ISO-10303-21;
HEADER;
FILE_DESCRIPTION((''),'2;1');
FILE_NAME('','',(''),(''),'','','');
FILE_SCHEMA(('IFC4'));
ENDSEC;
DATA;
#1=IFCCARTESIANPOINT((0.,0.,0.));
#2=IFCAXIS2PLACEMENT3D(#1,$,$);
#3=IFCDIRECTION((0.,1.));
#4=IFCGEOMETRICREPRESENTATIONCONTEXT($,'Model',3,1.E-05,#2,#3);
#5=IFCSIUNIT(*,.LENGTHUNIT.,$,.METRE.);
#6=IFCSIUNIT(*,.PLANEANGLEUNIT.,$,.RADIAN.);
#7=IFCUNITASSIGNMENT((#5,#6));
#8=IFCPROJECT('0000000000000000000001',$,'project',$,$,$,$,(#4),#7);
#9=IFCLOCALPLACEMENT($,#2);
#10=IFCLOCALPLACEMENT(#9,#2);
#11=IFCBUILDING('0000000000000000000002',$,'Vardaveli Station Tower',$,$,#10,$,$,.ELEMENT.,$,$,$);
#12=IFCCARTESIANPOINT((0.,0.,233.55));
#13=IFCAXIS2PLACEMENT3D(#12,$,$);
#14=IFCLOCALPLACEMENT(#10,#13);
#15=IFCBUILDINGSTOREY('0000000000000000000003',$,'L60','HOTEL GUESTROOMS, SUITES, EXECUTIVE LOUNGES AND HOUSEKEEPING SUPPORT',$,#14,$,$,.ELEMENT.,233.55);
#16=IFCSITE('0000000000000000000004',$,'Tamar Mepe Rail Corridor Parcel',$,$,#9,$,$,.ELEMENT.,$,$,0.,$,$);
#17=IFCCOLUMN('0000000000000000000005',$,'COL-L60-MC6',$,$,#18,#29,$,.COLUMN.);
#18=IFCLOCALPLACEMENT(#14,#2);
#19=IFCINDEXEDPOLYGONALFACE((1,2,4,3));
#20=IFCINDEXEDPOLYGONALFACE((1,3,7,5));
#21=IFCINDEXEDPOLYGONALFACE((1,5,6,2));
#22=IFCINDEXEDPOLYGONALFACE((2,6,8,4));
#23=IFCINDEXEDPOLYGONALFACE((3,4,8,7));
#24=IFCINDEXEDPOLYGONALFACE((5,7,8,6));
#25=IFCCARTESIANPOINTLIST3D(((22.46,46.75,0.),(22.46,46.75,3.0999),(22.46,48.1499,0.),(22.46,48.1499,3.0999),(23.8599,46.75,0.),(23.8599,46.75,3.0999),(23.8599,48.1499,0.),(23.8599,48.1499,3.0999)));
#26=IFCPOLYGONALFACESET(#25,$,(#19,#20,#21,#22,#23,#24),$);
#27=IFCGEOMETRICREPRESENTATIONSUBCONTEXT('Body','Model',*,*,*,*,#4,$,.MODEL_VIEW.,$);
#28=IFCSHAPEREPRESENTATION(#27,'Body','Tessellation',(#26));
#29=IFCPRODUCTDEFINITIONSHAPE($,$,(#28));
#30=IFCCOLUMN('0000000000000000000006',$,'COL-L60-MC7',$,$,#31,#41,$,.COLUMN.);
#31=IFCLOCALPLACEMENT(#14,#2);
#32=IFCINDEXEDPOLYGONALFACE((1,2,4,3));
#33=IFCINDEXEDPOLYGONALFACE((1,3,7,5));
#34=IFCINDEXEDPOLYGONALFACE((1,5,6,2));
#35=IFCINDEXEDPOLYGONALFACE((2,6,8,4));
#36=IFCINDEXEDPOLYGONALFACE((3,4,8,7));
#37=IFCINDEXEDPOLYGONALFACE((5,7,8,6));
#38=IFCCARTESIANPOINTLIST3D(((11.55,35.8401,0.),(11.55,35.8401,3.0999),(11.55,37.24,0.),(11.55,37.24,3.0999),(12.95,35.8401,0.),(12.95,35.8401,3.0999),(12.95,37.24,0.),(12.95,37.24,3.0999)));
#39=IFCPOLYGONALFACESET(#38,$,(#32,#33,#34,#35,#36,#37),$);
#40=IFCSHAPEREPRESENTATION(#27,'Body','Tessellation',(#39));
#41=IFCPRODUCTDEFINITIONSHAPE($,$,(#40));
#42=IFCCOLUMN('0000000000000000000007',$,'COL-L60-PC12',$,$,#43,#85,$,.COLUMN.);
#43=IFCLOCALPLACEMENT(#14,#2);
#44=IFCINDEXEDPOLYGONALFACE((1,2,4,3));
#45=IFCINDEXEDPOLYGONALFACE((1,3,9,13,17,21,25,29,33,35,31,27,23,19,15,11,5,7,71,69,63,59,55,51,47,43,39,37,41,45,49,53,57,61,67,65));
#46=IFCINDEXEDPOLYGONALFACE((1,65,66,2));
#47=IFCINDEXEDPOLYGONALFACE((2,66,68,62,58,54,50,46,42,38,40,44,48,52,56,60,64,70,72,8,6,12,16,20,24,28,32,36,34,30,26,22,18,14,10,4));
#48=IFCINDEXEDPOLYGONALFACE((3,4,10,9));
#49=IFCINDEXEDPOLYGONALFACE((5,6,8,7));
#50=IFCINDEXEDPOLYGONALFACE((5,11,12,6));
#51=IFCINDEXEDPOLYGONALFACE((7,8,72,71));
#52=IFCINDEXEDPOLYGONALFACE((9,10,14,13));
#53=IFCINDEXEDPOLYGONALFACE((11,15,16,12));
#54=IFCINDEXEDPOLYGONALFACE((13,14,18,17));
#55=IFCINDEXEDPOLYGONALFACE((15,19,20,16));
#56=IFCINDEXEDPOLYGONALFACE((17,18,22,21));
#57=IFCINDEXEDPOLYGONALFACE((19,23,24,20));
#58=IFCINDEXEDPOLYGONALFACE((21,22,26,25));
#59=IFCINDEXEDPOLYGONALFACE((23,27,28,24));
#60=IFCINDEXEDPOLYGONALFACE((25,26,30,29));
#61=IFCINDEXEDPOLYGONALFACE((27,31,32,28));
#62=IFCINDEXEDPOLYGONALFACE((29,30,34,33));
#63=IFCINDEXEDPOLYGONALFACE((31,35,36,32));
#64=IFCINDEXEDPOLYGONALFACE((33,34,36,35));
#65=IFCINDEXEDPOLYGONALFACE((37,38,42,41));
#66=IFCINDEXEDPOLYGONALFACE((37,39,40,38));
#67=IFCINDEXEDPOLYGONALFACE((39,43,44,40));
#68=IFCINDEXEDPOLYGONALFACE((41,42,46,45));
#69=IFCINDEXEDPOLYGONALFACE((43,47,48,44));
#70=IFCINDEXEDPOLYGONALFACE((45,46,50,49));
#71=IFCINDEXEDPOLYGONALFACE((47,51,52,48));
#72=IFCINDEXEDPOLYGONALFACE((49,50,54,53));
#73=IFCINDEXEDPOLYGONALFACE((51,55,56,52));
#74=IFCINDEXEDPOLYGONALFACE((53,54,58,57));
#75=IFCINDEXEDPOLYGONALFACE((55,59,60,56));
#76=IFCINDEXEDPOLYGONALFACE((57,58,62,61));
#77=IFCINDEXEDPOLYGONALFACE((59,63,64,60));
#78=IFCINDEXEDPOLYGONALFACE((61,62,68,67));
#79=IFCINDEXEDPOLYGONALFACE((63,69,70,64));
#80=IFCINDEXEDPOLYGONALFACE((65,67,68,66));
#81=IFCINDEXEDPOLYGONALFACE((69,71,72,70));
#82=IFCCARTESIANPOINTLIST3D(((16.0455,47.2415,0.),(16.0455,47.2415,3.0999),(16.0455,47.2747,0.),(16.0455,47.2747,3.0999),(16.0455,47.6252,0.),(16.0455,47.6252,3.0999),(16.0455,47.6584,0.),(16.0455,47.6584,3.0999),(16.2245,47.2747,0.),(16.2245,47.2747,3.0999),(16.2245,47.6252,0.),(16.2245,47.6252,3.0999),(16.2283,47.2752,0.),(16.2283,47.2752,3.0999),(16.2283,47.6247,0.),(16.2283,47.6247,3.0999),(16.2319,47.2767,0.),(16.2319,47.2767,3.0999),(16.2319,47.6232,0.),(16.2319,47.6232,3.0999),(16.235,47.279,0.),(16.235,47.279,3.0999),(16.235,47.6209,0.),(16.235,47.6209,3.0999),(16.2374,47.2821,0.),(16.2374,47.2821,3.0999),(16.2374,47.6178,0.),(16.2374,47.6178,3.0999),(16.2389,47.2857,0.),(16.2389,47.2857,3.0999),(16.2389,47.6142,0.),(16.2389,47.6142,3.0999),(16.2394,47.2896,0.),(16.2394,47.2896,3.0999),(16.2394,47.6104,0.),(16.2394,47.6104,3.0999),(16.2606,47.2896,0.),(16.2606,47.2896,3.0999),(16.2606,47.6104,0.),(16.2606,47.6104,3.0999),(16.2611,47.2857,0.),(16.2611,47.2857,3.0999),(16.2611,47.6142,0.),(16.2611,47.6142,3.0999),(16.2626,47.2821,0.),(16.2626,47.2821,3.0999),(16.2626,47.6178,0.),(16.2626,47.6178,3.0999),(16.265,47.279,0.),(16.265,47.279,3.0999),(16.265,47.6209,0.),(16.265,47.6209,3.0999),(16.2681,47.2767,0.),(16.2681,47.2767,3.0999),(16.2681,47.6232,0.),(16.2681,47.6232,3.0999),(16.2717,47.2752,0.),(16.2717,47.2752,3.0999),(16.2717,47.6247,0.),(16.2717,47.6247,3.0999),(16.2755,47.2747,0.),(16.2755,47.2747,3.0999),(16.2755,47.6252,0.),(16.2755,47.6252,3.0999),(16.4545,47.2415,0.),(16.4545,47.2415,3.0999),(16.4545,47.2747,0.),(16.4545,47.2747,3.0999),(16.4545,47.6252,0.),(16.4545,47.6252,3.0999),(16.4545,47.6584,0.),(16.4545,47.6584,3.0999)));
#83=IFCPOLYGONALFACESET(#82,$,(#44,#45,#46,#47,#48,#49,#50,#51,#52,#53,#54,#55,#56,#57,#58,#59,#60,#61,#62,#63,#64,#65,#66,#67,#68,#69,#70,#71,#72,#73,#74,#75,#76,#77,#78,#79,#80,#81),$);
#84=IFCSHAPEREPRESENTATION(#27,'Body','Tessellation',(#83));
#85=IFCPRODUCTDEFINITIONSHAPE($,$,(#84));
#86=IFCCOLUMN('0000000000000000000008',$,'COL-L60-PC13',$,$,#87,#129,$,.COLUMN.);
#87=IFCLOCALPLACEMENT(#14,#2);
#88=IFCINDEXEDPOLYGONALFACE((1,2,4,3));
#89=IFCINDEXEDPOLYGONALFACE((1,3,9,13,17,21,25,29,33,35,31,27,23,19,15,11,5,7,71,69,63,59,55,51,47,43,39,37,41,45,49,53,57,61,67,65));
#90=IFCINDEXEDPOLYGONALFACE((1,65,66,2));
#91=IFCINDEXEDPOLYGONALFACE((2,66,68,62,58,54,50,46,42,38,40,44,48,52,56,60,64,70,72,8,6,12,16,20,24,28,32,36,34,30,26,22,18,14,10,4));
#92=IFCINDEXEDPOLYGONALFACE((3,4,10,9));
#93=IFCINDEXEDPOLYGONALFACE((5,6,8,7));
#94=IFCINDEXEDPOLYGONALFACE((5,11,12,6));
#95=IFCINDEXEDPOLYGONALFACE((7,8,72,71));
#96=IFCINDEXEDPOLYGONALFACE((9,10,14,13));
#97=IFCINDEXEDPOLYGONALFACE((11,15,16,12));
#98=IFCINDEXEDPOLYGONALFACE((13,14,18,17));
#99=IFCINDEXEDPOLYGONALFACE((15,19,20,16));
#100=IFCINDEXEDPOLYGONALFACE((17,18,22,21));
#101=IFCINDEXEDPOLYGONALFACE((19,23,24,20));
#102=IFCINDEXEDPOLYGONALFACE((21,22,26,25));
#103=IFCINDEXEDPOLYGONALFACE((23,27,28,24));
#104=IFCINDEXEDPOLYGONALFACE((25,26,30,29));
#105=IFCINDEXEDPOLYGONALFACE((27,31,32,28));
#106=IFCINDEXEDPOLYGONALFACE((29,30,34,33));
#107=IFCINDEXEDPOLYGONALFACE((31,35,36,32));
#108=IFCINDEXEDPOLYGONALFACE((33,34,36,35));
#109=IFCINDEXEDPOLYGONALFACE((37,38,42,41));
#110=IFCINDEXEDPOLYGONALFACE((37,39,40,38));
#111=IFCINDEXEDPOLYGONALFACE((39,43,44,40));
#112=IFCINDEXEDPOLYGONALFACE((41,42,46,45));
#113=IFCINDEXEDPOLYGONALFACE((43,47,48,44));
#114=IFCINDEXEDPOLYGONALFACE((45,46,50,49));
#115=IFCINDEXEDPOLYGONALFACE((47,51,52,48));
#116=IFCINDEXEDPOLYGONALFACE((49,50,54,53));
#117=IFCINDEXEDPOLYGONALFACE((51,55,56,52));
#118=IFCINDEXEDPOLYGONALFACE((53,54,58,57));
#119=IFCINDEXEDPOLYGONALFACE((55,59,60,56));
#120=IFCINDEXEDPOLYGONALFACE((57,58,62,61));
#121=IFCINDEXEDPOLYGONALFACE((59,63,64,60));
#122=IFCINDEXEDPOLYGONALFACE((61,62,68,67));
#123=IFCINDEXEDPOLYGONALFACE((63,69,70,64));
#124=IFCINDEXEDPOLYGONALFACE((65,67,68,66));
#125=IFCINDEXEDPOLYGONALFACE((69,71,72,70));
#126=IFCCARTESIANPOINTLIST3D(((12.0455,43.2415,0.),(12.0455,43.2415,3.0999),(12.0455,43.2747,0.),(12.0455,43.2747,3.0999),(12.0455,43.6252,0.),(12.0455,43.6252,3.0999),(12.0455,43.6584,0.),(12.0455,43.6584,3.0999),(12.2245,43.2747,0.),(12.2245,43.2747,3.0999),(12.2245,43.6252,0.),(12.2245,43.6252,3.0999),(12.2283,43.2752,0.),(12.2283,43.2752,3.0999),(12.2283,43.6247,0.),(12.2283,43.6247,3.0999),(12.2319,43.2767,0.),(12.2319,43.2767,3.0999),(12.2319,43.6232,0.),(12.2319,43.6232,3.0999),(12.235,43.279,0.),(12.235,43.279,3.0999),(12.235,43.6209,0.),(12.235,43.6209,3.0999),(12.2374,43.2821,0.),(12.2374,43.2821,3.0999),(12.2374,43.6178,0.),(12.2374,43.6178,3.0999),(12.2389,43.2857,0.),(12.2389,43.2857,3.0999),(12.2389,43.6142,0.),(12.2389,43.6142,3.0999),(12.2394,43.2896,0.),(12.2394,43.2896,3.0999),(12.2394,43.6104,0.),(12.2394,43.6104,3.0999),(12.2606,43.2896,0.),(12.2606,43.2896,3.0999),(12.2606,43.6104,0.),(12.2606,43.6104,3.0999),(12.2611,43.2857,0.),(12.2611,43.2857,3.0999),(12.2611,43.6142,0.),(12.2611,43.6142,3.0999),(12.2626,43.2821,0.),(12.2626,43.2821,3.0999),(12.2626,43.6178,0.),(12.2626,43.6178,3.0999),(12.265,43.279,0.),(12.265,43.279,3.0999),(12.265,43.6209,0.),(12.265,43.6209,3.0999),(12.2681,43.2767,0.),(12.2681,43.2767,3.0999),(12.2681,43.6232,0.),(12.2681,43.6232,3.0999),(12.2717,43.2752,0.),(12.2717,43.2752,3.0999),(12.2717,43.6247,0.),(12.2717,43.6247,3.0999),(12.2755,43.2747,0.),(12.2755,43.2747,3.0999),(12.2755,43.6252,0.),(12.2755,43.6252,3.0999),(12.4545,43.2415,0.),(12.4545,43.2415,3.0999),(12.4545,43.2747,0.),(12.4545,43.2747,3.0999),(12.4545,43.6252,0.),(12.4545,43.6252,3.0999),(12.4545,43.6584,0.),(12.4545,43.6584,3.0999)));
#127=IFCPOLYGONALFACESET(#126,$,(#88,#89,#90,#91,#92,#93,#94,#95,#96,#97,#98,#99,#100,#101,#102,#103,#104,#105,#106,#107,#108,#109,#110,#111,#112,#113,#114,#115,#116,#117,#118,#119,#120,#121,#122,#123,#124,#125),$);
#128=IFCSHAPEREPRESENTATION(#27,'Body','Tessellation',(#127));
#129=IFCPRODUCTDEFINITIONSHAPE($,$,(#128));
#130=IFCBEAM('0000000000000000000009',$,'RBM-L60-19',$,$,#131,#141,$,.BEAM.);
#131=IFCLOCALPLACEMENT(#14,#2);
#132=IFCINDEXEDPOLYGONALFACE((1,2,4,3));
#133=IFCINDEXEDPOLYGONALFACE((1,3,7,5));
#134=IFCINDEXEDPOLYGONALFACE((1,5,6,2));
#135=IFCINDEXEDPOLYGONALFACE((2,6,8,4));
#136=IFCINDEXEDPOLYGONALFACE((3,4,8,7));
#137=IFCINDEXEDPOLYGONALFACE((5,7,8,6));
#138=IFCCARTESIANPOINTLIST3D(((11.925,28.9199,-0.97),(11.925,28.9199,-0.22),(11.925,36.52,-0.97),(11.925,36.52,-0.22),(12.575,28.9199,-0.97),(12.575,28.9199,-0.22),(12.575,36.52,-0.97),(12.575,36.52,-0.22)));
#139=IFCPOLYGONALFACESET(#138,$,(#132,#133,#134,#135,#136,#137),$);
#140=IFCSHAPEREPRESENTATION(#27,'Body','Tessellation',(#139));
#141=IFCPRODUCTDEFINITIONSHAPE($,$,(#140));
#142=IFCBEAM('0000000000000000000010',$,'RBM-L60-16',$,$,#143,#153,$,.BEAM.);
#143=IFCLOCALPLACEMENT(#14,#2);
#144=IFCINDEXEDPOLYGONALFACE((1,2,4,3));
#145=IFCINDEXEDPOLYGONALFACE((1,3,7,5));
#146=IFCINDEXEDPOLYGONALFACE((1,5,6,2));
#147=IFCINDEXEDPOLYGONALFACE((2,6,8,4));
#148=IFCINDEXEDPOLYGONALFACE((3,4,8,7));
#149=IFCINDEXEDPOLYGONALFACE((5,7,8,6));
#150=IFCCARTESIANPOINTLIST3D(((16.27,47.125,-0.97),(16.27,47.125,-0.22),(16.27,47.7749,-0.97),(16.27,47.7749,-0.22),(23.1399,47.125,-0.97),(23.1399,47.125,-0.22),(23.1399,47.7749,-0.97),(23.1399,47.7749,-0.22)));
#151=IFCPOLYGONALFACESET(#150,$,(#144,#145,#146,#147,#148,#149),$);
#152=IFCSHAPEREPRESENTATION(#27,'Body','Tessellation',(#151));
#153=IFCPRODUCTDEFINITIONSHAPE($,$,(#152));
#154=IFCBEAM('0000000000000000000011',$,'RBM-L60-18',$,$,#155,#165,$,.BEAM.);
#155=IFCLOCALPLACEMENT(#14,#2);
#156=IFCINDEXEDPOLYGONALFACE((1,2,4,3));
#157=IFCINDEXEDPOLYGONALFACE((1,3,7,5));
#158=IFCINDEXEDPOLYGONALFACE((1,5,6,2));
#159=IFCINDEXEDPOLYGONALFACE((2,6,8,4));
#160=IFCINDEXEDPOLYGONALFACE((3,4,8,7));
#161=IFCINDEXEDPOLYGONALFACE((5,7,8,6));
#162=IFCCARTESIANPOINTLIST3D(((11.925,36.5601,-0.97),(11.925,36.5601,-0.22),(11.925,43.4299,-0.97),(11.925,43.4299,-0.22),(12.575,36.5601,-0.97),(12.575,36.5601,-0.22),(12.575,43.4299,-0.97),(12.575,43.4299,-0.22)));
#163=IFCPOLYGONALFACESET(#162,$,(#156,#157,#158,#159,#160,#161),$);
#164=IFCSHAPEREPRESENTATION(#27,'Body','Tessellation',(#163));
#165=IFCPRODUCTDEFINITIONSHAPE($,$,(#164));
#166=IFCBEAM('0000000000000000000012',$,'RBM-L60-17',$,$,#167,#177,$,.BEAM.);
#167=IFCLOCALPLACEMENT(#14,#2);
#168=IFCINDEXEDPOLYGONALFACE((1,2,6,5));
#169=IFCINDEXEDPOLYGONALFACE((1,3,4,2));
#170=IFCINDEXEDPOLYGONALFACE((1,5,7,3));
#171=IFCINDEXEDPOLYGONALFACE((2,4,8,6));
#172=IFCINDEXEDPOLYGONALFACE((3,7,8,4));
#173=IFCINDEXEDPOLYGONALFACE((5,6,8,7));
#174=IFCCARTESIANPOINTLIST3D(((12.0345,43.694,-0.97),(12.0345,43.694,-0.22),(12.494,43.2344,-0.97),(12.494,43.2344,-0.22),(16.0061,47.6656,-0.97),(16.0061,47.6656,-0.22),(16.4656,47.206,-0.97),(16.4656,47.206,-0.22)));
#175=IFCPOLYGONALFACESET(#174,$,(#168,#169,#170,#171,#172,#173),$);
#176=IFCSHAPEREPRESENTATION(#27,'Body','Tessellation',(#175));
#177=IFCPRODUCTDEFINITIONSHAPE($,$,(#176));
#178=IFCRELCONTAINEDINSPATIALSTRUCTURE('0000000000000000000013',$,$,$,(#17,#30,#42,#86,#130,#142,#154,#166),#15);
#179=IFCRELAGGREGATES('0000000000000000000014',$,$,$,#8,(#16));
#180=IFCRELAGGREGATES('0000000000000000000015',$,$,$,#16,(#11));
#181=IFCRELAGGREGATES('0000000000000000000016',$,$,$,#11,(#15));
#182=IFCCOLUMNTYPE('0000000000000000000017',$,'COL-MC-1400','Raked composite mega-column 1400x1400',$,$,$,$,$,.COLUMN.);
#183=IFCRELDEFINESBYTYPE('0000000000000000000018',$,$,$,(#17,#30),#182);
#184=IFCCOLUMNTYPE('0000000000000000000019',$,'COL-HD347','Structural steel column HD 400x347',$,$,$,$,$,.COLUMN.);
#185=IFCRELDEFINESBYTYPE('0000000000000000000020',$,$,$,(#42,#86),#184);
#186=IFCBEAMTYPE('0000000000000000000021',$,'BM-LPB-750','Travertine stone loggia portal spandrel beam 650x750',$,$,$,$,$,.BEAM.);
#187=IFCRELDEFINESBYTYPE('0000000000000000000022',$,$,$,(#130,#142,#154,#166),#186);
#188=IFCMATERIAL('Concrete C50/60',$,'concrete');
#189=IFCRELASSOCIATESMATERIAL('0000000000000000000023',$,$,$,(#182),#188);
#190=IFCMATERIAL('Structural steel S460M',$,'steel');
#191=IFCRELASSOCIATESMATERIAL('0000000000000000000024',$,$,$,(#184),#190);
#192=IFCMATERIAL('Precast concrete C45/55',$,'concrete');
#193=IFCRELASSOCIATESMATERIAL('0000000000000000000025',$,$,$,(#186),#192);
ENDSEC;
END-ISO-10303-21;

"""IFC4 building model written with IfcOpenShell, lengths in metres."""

from ifc_helpers import new_model, si_unit, direction, frame, origin, origin_2d, place, context, subcontext, project, spatial, rectangle, i_section, extrude, source, transform, mapped, material, material_profile, profile_set, type_object, element, save


model = new_model("IFC4")

# Units and contexts
model_context = context("Model", 3, precision=1e-05, world=origin(), true_north=direction((0.0, 1.0)))
body_context = subcontext(model_context, "Body", "Model", "MODEL_VIEW")
ifc_project = project(units=[si_unit("LENGTHUNIT", "METRE"), si_unit("PLANEANGLEUNIT", "RADIAN")], contexts=[model_context])

# Site, building, storey
site_placement = place(None, origin())
site = spatial("IfcSite", under=ifc_project, at=site_placement, Name="Tamar Mepe Rail Corridor Parcel", CompositionType="ELEMENT", RefElevation=0.0)
building_placement = place(site_placement, origin())
building = spatial("IfcBuilding", under=site, at=building_placement, Name="Vardaveli Station Tower", CompositionType="ELEMENT")
storey_placement = place(building_placement, frame((0.0, 0.0, 233.55)))
storey = spatial("IfcBuildingStorey", under=building, at=storey_placement, Name="L60", Description="HOTEL GUESTROOMS, SUITES, EXECUTIVE LOUNGES AND HOUSEKEEPING SUPPORT", CompositionType="ELEMENT", Elevation=233.55)

# Columns
ifc_material_1 = material(Name="Concrete C50/60", Category="concrete")
ifc_material_profile_1 = material_profile(ifc_material_1, rectangle(XDim=1.3999, YDim=1.3999, at=origin_2d()), Name="MC 1400x1400")
ifc_profile_set_1 = profile_set([ifc_material_profile_1], Name="Concrete C50/60")
column_type_1 = type_object("IfcColumnType", Name="COL-MC-1400", Description="Raked composite mega-column 1400x1400", PredefinedType="COLUMN", material=ifc_profile_set_1)
shared_shape_1 = source(origin(), body_context, "Body", "SweptSolid", [
    extrude(rectangle(XDim=1.3999, YDim=1.3999, at=origin_2d()), origin(), (0.0, 0.0, 1.0), 3.0999),
])
for number, where, z_axis, x_axis, name in (
    (1, (23.1599, 47.45, 0.0), (0.0, 0.0, 1.0), (1.0, 0.0, 0.0), "COL-L60-MC6"),
    (2, (12.25, 36.54, 0.0), (0.0, 0.0, 1.0), (1.0, 0.0, 0.0), "COL-L60-MC7"),
):
    element("IfcColumn", number, at=place(storey_placement, frame(where, z_axis=z_axis, x_axis=x_axis)), inside=storey, type_object=column_type_1, Name=name, PredefinedType="COLUMN", context=body_context, shape_type="MappedRepresentation", body=[
        mapped(shared_shape_1, transform((0.0, 0.0, 0.0), scale=1.0)),
    ])
ifc_material_2 = material(Name="Structural steel S460M", Category="steel")
ifc_material_profile_2 = material_profile(ifc_material_2, i_section(OverallWidth=0.4089, OverallDepth=0.417, WebThickness=0.0212, FlangeThickness=0.0332, FilletRadius=0.0149, at=origin_2d()), Name="HD 400x347")
ifc_profile_set_2 = profile_set([ifc_material_profile_2], Name="Structural steel S460M")
column_type_2 = type_object("IfcColumnType", Name="COL-HD347", Description="Structural steel column HD 400x347", PredefinedType="COLUMN", material=ifc_profile_set_2)
shared_shape_2 = source(origin(), body_context, "Body", "SweptSolid", [
    extrude(i_section(OverallWidth=0.4089, OverallDepth=0.417, WebThickness=0.0212, FlangeThickness=0.0332, FilletRadius=0.0149, at=origin_2d()), origin(), (0.0, 0.0, 1.0), 3.0999),
])
for number, where, z_axis, x_axis, name in (
    (3, (16.25, 47.45, 0.0), (0.0, 0.0, 1.0), (1.0, 0.0, 0.0), "COL-L60-PC12"),
    (4, (12.25, 43.45, 0.0), (0.0, 0.0, 1.0), (1.0, 0.0, 0.0), "COL-L60-PC13"),
):
    element("IfcColumn", number, at=place(storey_placement, frame(where, z_axis=z_axis, x_axis=x_axis)), inside=storey, type_object=column_type_2, Name=name, PredefinedType="COLUMN", context=body_context, shape_type="MappedRepresentation", body=[
        mapped(shared_shape_2, transform((0.0, 0.0, 0.0), scale=1.0)),
    ])

# Beams
ifc_material_3 = material(Name="Precast concrete C45/55", Category="concrete")
ifc_material_profile_3 = material_profile(ifc_material_3, rectangle(XDim=0.6499, YDim=0.75, at=origin_2d()), Name="LPB 650x750")
ifc_profile_set_3 = profile_set([ifc_material_profile_3], Name="Precast concrete C45/55")
beam_type_1 = type_object("IfcBeamType", Name="BM-LPB-750", Description="Travertine stone loggia portal spandrel beam 650x750", PredefinedType="BEAM", material=ifc_profile_set_3)
shared_shape_3 = source(origin(), body_context, "Body", "SweptSolid", [
    extrude(rectangle(XDim=0.6499, YDim=0.75, at=origin_2d()), origin(), (0.0, 0.0, 1.0), 7.6001),
])
beam_1_placement = place(storey_placement, frame((12.25, 36.52, -0.595), z_axis=(0.0, -1.0, 0.0), x_axis=(1.0, 0.0, 0.0)))
element("IfcBeam", 5, at=beam_1_placement, inside=storey, type_object=beam_type_1, Name="RBM-L60-19", PredefinedType="BEAM", context=body_context, shape_type="MappedRepresentation", body=[
    mapped(shared_shape_3, transform((0.0, 0.0, 0.0), scale=1.0)),
])
shared_shape_4 = source(origin(), body_context, "Body", "SweptSolid", [
    extrude(rectangle(XDim=0.6499, YDim=0.75, at=origin_2d()), origin(), (0.0, 0.0, 1.0), 6.8699),
])
for number, where, z_axis, x_axis, name in (
    (6, (23.1399, 47.45, -0.595), (-1.0, 0.0, 0.0), (0.0, -1.0, 0.0), "RBM-L60-16"),
    (7, (12.25, 43.4299, -0.595), (0.0, -1.0, 0.0), (1.0, 0.0, 0.0), "RBM-L60-18"),
):
    element("IfcBeam", number, at=place(storey_placement, frame(where, z_axis=z_axis, x_axis=x_axis)), inside=storey, type_object=beam_type_1, Name=name, PredefinedType="BEAM", context=body_context, shape_type="MappedRepresentation", body=[
        mapped(shared_shape_4, transform((0.0, 0.0, 0.0), scale=1.0)),
    ])
shared_shape_5 = source(origin(), body_context, "Body", "SweptSolid", [
    extrude(rectangle(XDim=0.6499, YDim=0.75, at=origin_2d()), origin(), (0.0, 0.0, 1.0), 5.6167),
])
beam_2_placement = place(storey_placement, frame((16.2358, 47.4358, -0.595), z_axis=(-0.707107, -0.707107, 0.0), x_axis=(0.707107, -0.707107, 0.0)))
element("IfcBeam", 8, at=beam_2_placement, inside=storey, type_object=beam_type_1, Name="RBM-L60-17", PredefinedType="BEAM", context=body_context, shape_type="MappedRepresentation", body=[
    mapped(shared_shape_5, transform((0.0, 0.0, 0.0), scale=1.0)),
])

save(model, "model.ifc")
